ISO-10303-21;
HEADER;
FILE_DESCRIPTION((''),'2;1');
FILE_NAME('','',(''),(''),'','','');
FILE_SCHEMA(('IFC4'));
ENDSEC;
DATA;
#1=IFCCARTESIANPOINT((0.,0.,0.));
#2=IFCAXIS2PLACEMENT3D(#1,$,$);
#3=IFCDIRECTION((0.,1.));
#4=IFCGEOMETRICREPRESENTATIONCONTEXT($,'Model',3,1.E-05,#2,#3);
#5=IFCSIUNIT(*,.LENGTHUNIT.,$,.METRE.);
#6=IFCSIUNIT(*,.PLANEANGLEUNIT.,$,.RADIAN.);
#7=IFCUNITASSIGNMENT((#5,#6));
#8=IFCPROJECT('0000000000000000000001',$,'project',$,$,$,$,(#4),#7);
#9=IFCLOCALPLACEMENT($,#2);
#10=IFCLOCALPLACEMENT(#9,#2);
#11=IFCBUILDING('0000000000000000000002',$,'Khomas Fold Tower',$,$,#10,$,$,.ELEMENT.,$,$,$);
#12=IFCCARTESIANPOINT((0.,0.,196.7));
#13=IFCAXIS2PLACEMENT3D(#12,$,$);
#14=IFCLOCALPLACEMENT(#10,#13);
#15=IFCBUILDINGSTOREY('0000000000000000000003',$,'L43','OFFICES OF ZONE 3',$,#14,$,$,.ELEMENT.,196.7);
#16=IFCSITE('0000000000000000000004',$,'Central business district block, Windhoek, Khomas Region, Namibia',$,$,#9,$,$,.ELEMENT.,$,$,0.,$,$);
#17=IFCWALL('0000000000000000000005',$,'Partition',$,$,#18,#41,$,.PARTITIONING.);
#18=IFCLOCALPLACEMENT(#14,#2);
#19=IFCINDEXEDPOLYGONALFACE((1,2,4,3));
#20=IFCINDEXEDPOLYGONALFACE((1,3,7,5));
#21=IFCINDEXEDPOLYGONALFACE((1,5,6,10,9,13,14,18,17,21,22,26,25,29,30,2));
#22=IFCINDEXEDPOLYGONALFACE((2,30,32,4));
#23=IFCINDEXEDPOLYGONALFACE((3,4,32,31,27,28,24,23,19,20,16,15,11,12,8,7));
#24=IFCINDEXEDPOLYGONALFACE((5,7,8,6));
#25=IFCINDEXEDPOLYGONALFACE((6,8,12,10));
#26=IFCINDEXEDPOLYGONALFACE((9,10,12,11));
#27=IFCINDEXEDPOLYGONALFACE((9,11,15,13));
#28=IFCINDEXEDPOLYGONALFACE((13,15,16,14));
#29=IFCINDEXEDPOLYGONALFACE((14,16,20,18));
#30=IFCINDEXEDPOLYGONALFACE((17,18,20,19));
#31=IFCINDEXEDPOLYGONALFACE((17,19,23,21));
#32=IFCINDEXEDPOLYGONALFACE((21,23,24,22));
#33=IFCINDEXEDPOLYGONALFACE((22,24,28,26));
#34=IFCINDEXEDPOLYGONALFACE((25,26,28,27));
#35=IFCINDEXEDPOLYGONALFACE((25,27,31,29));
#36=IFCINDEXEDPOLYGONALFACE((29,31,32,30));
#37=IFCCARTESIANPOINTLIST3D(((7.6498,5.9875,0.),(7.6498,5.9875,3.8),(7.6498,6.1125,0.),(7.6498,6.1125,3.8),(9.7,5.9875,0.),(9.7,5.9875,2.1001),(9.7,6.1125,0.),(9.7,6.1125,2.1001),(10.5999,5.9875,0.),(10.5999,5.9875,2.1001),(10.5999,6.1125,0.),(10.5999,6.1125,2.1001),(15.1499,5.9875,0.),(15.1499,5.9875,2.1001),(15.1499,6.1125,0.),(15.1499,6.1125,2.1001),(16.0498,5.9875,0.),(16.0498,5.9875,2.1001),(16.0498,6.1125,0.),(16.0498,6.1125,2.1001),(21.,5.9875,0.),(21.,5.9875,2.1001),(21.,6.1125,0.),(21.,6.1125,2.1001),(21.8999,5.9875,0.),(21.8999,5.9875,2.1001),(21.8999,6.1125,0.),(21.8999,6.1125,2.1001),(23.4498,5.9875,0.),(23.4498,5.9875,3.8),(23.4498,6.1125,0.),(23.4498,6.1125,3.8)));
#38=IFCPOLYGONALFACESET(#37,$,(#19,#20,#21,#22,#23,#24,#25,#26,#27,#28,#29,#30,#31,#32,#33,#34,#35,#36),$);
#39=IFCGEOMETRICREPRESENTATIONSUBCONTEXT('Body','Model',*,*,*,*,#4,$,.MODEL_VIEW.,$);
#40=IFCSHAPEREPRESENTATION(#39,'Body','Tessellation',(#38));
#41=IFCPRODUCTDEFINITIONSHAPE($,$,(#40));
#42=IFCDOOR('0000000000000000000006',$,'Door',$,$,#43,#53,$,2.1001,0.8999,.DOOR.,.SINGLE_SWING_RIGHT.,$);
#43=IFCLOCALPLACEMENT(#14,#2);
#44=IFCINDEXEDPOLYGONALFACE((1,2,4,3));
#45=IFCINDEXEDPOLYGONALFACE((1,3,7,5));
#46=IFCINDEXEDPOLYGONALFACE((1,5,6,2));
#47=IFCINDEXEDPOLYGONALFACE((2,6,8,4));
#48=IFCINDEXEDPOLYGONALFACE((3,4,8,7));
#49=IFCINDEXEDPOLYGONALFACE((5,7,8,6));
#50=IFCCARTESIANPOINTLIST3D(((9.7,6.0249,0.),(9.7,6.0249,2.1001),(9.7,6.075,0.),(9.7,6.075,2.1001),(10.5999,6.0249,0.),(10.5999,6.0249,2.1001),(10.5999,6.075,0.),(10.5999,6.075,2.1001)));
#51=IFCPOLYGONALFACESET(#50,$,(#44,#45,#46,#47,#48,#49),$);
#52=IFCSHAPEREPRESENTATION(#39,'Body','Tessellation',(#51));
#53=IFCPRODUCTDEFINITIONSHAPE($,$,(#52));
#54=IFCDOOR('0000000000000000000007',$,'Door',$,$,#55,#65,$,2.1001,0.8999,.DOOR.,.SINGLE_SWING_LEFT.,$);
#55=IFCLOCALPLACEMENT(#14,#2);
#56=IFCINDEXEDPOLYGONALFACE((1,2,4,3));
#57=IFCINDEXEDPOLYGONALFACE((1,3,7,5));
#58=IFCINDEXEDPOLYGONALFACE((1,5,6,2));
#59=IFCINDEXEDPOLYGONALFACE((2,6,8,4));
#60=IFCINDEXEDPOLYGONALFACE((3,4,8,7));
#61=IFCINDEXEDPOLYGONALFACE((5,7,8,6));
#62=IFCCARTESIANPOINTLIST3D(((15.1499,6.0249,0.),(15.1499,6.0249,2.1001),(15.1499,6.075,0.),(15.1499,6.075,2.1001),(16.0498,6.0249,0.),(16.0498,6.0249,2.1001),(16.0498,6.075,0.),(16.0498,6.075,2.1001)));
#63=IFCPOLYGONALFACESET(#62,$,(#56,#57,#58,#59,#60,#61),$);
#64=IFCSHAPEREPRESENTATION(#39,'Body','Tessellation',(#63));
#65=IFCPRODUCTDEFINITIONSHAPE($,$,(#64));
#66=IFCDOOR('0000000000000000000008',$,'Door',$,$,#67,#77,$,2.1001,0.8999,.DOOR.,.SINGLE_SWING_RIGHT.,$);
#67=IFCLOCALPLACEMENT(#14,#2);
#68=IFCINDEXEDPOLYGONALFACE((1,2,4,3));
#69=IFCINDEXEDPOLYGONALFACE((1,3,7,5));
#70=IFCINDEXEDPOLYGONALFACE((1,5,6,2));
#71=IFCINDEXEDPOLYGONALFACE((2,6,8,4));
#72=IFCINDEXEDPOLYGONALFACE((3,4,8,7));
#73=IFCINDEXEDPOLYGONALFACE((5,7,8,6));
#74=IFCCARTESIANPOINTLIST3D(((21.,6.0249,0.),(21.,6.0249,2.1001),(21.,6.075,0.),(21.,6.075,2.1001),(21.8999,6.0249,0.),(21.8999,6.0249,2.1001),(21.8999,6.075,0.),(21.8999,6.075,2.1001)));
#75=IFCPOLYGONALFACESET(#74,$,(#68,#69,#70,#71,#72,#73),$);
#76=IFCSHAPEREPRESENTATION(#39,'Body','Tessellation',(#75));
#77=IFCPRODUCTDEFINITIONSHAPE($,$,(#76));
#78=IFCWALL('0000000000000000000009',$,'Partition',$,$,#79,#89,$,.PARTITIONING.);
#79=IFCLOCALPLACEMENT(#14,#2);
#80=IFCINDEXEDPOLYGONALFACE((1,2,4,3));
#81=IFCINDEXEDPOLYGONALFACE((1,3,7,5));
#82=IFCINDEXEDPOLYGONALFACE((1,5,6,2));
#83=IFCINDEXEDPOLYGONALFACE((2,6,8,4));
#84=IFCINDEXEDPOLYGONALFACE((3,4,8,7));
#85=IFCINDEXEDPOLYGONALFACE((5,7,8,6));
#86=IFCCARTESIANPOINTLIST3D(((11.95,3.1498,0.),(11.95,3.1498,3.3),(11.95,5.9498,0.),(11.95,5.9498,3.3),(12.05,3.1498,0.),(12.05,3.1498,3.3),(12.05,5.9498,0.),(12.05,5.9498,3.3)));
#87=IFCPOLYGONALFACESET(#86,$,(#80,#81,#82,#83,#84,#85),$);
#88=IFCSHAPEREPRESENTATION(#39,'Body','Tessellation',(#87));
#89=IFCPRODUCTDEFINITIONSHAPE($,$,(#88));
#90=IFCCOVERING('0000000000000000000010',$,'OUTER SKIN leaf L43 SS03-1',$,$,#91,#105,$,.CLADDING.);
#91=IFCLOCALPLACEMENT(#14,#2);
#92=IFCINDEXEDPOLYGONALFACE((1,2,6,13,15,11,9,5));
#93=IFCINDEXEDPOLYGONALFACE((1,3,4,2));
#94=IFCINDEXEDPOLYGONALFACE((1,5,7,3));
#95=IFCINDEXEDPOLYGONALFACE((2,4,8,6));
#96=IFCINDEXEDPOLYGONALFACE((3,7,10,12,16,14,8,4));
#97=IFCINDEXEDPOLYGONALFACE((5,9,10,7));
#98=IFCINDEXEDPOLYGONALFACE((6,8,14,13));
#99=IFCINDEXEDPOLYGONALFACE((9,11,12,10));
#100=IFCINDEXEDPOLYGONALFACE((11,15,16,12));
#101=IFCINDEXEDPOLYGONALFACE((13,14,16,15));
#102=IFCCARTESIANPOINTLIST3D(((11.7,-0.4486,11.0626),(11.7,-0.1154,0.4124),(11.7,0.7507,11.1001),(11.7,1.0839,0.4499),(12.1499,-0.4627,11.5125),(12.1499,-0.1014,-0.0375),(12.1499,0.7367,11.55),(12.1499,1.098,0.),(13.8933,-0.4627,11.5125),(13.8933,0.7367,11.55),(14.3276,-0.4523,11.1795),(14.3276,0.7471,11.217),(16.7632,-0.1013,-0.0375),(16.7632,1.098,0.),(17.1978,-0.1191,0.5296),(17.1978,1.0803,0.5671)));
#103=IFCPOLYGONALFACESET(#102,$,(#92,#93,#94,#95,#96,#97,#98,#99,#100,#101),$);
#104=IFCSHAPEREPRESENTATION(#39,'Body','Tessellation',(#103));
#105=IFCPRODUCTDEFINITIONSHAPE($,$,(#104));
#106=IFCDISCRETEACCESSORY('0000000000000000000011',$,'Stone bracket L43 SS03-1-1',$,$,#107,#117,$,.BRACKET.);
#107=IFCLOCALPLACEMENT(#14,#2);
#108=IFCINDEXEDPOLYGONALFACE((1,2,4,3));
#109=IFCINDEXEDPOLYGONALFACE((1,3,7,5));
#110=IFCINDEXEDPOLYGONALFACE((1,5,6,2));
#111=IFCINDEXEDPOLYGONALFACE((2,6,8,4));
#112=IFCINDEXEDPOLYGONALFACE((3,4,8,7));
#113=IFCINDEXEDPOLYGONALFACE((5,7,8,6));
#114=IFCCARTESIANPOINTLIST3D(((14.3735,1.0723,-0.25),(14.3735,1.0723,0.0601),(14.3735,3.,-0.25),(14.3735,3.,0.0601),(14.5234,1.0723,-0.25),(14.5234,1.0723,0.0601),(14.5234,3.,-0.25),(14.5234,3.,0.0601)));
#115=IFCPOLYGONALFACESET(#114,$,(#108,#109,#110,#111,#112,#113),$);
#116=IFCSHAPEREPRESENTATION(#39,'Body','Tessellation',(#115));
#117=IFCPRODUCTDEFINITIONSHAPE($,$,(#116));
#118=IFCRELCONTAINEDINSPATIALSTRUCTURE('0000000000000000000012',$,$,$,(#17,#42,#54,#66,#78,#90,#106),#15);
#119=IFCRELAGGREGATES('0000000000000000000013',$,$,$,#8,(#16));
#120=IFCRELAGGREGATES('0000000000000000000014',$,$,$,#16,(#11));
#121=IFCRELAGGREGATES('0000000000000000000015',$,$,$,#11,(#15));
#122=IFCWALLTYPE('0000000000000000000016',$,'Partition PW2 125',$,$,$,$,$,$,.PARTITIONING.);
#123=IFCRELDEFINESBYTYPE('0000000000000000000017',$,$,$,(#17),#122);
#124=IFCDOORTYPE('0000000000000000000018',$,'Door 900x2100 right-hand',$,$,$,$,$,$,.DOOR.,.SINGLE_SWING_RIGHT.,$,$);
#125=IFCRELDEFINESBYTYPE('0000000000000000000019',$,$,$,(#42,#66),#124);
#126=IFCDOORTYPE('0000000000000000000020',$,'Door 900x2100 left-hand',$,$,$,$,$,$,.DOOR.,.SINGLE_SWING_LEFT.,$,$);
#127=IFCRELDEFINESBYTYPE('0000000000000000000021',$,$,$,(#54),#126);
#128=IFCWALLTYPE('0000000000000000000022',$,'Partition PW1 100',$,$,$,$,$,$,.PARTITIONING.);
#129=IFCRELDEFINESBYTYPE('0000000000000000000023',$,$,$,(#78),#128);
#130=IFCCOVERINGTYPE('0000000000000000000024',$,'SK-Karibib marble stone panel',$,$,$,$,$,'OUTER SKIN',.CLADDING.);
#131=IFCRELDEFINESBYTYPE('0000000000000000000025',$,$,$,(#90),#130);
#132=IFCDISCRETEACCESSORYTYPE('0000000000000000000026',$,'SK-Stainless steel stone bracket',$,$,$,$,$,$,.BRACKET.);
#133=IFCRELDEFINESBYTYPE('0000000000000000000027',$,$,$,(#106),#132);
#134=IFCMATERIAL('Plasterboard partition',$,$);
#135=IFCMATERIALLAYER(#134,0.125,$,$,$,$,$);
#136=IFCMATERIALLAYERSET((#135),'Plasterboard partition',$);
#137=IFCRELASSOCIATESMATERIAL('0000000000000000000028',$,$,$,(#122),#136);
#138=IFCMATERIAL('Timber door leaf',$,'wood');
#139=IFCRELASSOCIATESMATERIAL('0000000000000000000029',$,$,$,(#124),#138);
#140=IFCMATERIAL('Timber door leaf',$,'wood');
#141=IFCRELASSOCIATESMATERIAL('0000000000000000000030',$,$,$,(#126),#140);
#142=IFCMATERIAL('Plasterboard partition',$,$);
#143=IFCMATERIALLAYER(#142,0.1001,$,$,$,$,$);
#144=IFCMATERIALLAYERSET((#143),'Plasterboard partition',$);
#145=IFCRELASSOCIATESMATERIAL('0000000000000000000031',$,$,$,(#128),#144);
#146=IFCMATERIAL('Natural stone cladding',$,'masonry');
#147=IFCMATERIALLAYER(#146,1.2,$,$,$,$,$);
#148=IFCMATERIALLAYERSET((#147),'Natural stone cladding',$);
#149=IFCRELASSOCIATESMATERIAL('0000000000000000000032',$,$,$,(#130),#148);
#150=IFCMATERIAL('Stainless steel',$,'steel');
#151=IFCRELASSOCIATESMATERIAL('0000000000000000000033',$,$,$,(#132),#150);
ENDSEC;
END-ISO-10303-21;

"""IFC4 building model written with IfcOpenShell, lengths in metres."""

from ifc_helpers import new_model, si_unit, direction, frame, frame_2d, origin, origin_2d, place, context, subcontext, project, spatial, polyline, rectangle, outline, extrude, source, transform, mapped, material, layer, layer_set, type_object, element, fill, save


model = new_model("IFC4")

# Units and contexts
model_context = context("Model", 3, precision=1e-05, world=origin(), true_north=direction((0.0, 1.0)))
body_context = subcontext(model_context, "Body", "Model", "MODEL_VIEW")
ifc_project = project(units=[si_unit("LENGTHUNIT", "METRE"), si_unit("PLANEANGLEUNIT", "RADIAN")], contexts=[model_context])

# Site, building, storey
site_placement = place(None, origin())
site = spatial("IfcSite", under=ifc_project, at=site_placement, Name="Central business district block, Windhoek, Khomas Region, Namibia", CompositionType="ELEMENT", RefElevation=0.0)
building_placement = place(site_placement, origin())
building = spatial("IfcBuilding", under=site, at=building_placement, Name="Khomas Fold Tower", CompositionType="ELEMENT")
storey_placement = place(building_placement, frame((0.0, 0.0, 196.7)))
storey = spatial("IfcBuildingStorey", under=building, at=storey_placement, Name="L43", Description="OFFICES OF ZONE 3", CompositionType="ELEMENT", Elevation=196.7)

# Wall, openings, doors
ifc_material_1 = material(Name="Plasterboard partition")
ifc_layer_1 = layer(ifc_material_1, 0.125)
ifc_layer_set_1 = layer_set([ifc_layer_1], Name="Plasterboard partition")
wall_type_1 = type_object("IfcWallType", Name="Partition PW2 125", PredefinedType="PARTITIONING", material=ifc_layer_set_1)
shared_shape_1 = source(origin(), body_context, "Body", "SweptSolid", [
    extrude(rectangle(XDim=15.8, YDim=0.125, at=frame_2d((7.8999, 0.0))), origin(), (0.0, 0.0, 1.0), 3.8),
])
wall_1_placement = place(storey_placement, frame((7.6499, 6.05, 0.0), z_axis=(0.0, 0.0, 1.0), x_axis=(1.0, 0.0, 0.0)))
wall_1 = element("IfcWall", 1, at=wall_1_placement, inside=storey, type_object=wall_type_1, Name="Partition", PredefinedType="PARTITIONING", context=body_context, shape_type="MappedRepresentation", body=[
    mapped(shared_shape_1, transform((0.0, 0.0, 0.0))),
])
shared_shape_2 = source(origin(), body_context, "Body", "SweptSolid", [
    extrude(rectangle(XDim=0.8999, YDim=2.1001, at=frame_2d((0.45, 1.05))), frame((0.0, 0.0725, 0.0), z_axis=(0.0, -1.0, 0.0), x_axis=(1.0, 0.0, 0.0)), (0.0, 0.0, 1.0), 0.145),
])
opening_1_placement = place(wall_1_placement, frame((2.05, 0.0, 0.0)))
opening_1 = element("IfcOpeningElement", 2, at=opening_1_placement, cuts=wall_1, PredefinedType="OPENING", context=body_context, shape_type="MappedRepresentation", body=[
    mapped(shared_shape_2, transform((0.0, 0.0, 0.0))),
])
opening_2_placement = place(wall_1_placement, frame((7.5, 0.0, 0.0)))
opening_2 = element("IfcOpeningElement", 3, at=opening_2_placement, cuts=wall_1, PredefinedType="OPENING", context=body_context, shape_type="MappedRepresentation", body=[
    mapped(shared_shape_2, transform((0.0, 0.0, 0.0))),
])
opening_3_placement = place(wall_1_placement, frame((13.3501, 0.0, 0.0)))
opening_3 = element("IfcOpeningElement", 4, at=opening_3_placement, cuts=wall_1, PredefinedType="OPENING", context=body_context, shape_type="MappedRepresentation", body=[
    mapped(shared_shape_2, transform((0.0, 0.0, 0.0))),
])
ifc_material_2 = material(Name="Timber door leaf", Category="wood")
door_type_1 = type_object("IfcDoorType", Name="Door 900x2100 right-hand", OperationType="SINGLE_SWING_RIGHT", PredefinedType="DOOR", material=ifc_material_2)
shared_shape_3 = source(origin(), body_context, "Body", "SweptSolid", [
    extrude(rectangle(XDim=0.8999, YDim=2.1001, at=frame_2d((0.45, 1.05))), frame((0.0, 0.0249, 0.0), z_axis=(0.0, -1.0, 0.0), x_axis=(1.0, 0.0, 0.0)), (0.0, 0.0, 1.0), 0.05),
])
door_1_placement = place(opening_1_placement, origin())
door_1 = element("IfcDoor", 5, at=door_1_placement, inside=storey, type_object=door_type_1, Name="Door", OperationType="SINGLE_SWING_RIGHT", OverallHeight=2.1001, OverallWidth=0.8999, PredefinedType="DOOR", context=body_context, shape_type="MappedRepresentation", body=[
    mapped(shared_shape_3, transform((0.0, 0.0, 0.0))),
])
fill(opening_1, door_1)
ifc_material_3 = material(Name="Timber door leaf", Category="wood")
door_type_2 = type_object("IfcDoorType", Name="Door 900x2100 left-hand", OperationType="SINGLE_SWING_LEFT", PredefinedType="DOOR", material=ifc_material_3)
door_2_placement = place(opening_2_placement, origin())
door_2 = element("IfcDoor", 6, at=door_2_placement, inside=storey, type_object=door_type_2, Name="Door", OperationType="SINGLE_SWING_LEFT", OverallHeight=2.1001, OverallWidth=0.8999, PredefinedType="DOOR", context=body_context, shape_type="MappedRepresentation", body=[
    mapped(shared_shape_3, transform((0.0, 0.0, 0.0))),
])
fill(opening_2, door_2)
door_3_placement = place(opening_3_placement, origin())
door_3 = element("IfcDoor", 7, at=door_3_placement, inside=storey, type_object=door_type_1, Name="Door", OperationType="SINGLE_SWING_RIGHT", OverallHeight=2.1001, OverallWidth=0.8999, PredefinedType="DOOR", context=body_context, shape_type="MappedRepresentation", body=[
    mapped(shared_shape_3, transform((0.0, 0.0, 0.0))),
])
fill(opening_3, door_3)

# Wall
ifc_material_4 = material(Name="Plasterboard partition")
ifc_layer_2 = layer(ifc_material_4, 0.1001)
ifc_layer_set_2 = layer_set([ifc_layer_2], Name="Plasterboard partition")
wall_type_2 = type_object("IfcWallType", Name="Partition PW1 100", PredefinedType="PARTITIONING", material=ifc_layer_set_2)
shared_shape_4 = source(origin(), body_context, "Body", "SweptSolid", [
    extrude(rectangle(XDim=2.8, YDim=0.1001, at=frame_2d((1.3999, 0.0))), origin(), (0.0, 0.0, 1.0), 3.3),
])
wall_2_placement = place(storey_placement, frame((12.0, 3.1499, 0.0), z_axis=(0.0, 0.0, 1.0), x_axis=(0.0, 1.0, 0.0)))
element("IfcWall", 8, at=wall_2_placement, inside=storey, type_object=wall_type_2, Name="Partition", PredefinedType="PARTITIONING", context=body_context, shape_type="MappedRepresentation", body=[
    mapped(shared_shape_4, transform((0.0, 0.0, 0.0))),
])

# Covering
ifc_material_5 = material(Name="Natural stone cladding", Category="masonry")
ifc_layer_3 = layer(ifc_material_5, 1.2)
ifc_layer_set_3 = layer_set([ifc_layer_3], Name="Natural stone cladding")
covering_type = type_object("IfcCoveringType", Name="SK-Karibib marble stone panel", ElementType="OUTER SKIN", PredefinedType="CLADDING", material=ifc_layer_set_3)
covering_placement = place(storey_placement, frame((14.3276, 0.7471, 11.217), z_axis=(0.0, 0.999511, 0.031271), x_axis=(0.260094, 0.030195, -0.965111)))
element("IfcCovering", 9, at=covering_placement, inside=storey, type_object=covering_type, Name="OUTER SKIN leaf L43 SS03-1", PredefinedType="CLADDING", context=body_context, shape_type="SweptSolid", body=[
    extrude(outline(polyline([(0.0, 0.0), (11.0349, 0.0), (11.4698, 0.5672), (10.2699, 5.0217), (9.7182, 5.3391), (-0.5705, 2.5677), (-0.8881, 2.0161), (-0.4347, 0.3327), (0.0, 0.0)])), origin(), (0.0, 0.0, -1.0), 1.2),
])

# Discrete accessory
ifc_material_6 = material(Name="Stainless steel", Category="steel")
discrete_accessory_type = type_object("IfcDiscreteAccessoryType", Name="SK-Stainless steel stone bracket", PredefinedType="BRACKET", material=ifc_material_6)
shared_shape_5 = source(origin(), body_context, "Body", "SweptSolid", [
    extrude(rectangle(XDim=1.9277, YDim=0.1499, at=origin_2d()), origin(), (0.0, 0.0, 1.0), 0.3101),
])
discrete_accessory_placement = place(storey_placement, frame((14.4485, 2.0361, -0.25), z_axis=(0.0, 0.0, 1.0), x_axis=(0.0, -1.0, 0.0)))
element("IfcDiscreteAccessory", 10, at=discrete_accessory_placement, inside=storey, type_object=discrete_accessory_type, Name="Stone bracket L43 SS03-1-1", PredefinedType="BRACKET", context=body_context, shape_type="MappedRepresentation", body=[
    mapped(shared_shape_5, transform((0.0, 0.0, 0.0))),
])

save(model, "model.ifc")
